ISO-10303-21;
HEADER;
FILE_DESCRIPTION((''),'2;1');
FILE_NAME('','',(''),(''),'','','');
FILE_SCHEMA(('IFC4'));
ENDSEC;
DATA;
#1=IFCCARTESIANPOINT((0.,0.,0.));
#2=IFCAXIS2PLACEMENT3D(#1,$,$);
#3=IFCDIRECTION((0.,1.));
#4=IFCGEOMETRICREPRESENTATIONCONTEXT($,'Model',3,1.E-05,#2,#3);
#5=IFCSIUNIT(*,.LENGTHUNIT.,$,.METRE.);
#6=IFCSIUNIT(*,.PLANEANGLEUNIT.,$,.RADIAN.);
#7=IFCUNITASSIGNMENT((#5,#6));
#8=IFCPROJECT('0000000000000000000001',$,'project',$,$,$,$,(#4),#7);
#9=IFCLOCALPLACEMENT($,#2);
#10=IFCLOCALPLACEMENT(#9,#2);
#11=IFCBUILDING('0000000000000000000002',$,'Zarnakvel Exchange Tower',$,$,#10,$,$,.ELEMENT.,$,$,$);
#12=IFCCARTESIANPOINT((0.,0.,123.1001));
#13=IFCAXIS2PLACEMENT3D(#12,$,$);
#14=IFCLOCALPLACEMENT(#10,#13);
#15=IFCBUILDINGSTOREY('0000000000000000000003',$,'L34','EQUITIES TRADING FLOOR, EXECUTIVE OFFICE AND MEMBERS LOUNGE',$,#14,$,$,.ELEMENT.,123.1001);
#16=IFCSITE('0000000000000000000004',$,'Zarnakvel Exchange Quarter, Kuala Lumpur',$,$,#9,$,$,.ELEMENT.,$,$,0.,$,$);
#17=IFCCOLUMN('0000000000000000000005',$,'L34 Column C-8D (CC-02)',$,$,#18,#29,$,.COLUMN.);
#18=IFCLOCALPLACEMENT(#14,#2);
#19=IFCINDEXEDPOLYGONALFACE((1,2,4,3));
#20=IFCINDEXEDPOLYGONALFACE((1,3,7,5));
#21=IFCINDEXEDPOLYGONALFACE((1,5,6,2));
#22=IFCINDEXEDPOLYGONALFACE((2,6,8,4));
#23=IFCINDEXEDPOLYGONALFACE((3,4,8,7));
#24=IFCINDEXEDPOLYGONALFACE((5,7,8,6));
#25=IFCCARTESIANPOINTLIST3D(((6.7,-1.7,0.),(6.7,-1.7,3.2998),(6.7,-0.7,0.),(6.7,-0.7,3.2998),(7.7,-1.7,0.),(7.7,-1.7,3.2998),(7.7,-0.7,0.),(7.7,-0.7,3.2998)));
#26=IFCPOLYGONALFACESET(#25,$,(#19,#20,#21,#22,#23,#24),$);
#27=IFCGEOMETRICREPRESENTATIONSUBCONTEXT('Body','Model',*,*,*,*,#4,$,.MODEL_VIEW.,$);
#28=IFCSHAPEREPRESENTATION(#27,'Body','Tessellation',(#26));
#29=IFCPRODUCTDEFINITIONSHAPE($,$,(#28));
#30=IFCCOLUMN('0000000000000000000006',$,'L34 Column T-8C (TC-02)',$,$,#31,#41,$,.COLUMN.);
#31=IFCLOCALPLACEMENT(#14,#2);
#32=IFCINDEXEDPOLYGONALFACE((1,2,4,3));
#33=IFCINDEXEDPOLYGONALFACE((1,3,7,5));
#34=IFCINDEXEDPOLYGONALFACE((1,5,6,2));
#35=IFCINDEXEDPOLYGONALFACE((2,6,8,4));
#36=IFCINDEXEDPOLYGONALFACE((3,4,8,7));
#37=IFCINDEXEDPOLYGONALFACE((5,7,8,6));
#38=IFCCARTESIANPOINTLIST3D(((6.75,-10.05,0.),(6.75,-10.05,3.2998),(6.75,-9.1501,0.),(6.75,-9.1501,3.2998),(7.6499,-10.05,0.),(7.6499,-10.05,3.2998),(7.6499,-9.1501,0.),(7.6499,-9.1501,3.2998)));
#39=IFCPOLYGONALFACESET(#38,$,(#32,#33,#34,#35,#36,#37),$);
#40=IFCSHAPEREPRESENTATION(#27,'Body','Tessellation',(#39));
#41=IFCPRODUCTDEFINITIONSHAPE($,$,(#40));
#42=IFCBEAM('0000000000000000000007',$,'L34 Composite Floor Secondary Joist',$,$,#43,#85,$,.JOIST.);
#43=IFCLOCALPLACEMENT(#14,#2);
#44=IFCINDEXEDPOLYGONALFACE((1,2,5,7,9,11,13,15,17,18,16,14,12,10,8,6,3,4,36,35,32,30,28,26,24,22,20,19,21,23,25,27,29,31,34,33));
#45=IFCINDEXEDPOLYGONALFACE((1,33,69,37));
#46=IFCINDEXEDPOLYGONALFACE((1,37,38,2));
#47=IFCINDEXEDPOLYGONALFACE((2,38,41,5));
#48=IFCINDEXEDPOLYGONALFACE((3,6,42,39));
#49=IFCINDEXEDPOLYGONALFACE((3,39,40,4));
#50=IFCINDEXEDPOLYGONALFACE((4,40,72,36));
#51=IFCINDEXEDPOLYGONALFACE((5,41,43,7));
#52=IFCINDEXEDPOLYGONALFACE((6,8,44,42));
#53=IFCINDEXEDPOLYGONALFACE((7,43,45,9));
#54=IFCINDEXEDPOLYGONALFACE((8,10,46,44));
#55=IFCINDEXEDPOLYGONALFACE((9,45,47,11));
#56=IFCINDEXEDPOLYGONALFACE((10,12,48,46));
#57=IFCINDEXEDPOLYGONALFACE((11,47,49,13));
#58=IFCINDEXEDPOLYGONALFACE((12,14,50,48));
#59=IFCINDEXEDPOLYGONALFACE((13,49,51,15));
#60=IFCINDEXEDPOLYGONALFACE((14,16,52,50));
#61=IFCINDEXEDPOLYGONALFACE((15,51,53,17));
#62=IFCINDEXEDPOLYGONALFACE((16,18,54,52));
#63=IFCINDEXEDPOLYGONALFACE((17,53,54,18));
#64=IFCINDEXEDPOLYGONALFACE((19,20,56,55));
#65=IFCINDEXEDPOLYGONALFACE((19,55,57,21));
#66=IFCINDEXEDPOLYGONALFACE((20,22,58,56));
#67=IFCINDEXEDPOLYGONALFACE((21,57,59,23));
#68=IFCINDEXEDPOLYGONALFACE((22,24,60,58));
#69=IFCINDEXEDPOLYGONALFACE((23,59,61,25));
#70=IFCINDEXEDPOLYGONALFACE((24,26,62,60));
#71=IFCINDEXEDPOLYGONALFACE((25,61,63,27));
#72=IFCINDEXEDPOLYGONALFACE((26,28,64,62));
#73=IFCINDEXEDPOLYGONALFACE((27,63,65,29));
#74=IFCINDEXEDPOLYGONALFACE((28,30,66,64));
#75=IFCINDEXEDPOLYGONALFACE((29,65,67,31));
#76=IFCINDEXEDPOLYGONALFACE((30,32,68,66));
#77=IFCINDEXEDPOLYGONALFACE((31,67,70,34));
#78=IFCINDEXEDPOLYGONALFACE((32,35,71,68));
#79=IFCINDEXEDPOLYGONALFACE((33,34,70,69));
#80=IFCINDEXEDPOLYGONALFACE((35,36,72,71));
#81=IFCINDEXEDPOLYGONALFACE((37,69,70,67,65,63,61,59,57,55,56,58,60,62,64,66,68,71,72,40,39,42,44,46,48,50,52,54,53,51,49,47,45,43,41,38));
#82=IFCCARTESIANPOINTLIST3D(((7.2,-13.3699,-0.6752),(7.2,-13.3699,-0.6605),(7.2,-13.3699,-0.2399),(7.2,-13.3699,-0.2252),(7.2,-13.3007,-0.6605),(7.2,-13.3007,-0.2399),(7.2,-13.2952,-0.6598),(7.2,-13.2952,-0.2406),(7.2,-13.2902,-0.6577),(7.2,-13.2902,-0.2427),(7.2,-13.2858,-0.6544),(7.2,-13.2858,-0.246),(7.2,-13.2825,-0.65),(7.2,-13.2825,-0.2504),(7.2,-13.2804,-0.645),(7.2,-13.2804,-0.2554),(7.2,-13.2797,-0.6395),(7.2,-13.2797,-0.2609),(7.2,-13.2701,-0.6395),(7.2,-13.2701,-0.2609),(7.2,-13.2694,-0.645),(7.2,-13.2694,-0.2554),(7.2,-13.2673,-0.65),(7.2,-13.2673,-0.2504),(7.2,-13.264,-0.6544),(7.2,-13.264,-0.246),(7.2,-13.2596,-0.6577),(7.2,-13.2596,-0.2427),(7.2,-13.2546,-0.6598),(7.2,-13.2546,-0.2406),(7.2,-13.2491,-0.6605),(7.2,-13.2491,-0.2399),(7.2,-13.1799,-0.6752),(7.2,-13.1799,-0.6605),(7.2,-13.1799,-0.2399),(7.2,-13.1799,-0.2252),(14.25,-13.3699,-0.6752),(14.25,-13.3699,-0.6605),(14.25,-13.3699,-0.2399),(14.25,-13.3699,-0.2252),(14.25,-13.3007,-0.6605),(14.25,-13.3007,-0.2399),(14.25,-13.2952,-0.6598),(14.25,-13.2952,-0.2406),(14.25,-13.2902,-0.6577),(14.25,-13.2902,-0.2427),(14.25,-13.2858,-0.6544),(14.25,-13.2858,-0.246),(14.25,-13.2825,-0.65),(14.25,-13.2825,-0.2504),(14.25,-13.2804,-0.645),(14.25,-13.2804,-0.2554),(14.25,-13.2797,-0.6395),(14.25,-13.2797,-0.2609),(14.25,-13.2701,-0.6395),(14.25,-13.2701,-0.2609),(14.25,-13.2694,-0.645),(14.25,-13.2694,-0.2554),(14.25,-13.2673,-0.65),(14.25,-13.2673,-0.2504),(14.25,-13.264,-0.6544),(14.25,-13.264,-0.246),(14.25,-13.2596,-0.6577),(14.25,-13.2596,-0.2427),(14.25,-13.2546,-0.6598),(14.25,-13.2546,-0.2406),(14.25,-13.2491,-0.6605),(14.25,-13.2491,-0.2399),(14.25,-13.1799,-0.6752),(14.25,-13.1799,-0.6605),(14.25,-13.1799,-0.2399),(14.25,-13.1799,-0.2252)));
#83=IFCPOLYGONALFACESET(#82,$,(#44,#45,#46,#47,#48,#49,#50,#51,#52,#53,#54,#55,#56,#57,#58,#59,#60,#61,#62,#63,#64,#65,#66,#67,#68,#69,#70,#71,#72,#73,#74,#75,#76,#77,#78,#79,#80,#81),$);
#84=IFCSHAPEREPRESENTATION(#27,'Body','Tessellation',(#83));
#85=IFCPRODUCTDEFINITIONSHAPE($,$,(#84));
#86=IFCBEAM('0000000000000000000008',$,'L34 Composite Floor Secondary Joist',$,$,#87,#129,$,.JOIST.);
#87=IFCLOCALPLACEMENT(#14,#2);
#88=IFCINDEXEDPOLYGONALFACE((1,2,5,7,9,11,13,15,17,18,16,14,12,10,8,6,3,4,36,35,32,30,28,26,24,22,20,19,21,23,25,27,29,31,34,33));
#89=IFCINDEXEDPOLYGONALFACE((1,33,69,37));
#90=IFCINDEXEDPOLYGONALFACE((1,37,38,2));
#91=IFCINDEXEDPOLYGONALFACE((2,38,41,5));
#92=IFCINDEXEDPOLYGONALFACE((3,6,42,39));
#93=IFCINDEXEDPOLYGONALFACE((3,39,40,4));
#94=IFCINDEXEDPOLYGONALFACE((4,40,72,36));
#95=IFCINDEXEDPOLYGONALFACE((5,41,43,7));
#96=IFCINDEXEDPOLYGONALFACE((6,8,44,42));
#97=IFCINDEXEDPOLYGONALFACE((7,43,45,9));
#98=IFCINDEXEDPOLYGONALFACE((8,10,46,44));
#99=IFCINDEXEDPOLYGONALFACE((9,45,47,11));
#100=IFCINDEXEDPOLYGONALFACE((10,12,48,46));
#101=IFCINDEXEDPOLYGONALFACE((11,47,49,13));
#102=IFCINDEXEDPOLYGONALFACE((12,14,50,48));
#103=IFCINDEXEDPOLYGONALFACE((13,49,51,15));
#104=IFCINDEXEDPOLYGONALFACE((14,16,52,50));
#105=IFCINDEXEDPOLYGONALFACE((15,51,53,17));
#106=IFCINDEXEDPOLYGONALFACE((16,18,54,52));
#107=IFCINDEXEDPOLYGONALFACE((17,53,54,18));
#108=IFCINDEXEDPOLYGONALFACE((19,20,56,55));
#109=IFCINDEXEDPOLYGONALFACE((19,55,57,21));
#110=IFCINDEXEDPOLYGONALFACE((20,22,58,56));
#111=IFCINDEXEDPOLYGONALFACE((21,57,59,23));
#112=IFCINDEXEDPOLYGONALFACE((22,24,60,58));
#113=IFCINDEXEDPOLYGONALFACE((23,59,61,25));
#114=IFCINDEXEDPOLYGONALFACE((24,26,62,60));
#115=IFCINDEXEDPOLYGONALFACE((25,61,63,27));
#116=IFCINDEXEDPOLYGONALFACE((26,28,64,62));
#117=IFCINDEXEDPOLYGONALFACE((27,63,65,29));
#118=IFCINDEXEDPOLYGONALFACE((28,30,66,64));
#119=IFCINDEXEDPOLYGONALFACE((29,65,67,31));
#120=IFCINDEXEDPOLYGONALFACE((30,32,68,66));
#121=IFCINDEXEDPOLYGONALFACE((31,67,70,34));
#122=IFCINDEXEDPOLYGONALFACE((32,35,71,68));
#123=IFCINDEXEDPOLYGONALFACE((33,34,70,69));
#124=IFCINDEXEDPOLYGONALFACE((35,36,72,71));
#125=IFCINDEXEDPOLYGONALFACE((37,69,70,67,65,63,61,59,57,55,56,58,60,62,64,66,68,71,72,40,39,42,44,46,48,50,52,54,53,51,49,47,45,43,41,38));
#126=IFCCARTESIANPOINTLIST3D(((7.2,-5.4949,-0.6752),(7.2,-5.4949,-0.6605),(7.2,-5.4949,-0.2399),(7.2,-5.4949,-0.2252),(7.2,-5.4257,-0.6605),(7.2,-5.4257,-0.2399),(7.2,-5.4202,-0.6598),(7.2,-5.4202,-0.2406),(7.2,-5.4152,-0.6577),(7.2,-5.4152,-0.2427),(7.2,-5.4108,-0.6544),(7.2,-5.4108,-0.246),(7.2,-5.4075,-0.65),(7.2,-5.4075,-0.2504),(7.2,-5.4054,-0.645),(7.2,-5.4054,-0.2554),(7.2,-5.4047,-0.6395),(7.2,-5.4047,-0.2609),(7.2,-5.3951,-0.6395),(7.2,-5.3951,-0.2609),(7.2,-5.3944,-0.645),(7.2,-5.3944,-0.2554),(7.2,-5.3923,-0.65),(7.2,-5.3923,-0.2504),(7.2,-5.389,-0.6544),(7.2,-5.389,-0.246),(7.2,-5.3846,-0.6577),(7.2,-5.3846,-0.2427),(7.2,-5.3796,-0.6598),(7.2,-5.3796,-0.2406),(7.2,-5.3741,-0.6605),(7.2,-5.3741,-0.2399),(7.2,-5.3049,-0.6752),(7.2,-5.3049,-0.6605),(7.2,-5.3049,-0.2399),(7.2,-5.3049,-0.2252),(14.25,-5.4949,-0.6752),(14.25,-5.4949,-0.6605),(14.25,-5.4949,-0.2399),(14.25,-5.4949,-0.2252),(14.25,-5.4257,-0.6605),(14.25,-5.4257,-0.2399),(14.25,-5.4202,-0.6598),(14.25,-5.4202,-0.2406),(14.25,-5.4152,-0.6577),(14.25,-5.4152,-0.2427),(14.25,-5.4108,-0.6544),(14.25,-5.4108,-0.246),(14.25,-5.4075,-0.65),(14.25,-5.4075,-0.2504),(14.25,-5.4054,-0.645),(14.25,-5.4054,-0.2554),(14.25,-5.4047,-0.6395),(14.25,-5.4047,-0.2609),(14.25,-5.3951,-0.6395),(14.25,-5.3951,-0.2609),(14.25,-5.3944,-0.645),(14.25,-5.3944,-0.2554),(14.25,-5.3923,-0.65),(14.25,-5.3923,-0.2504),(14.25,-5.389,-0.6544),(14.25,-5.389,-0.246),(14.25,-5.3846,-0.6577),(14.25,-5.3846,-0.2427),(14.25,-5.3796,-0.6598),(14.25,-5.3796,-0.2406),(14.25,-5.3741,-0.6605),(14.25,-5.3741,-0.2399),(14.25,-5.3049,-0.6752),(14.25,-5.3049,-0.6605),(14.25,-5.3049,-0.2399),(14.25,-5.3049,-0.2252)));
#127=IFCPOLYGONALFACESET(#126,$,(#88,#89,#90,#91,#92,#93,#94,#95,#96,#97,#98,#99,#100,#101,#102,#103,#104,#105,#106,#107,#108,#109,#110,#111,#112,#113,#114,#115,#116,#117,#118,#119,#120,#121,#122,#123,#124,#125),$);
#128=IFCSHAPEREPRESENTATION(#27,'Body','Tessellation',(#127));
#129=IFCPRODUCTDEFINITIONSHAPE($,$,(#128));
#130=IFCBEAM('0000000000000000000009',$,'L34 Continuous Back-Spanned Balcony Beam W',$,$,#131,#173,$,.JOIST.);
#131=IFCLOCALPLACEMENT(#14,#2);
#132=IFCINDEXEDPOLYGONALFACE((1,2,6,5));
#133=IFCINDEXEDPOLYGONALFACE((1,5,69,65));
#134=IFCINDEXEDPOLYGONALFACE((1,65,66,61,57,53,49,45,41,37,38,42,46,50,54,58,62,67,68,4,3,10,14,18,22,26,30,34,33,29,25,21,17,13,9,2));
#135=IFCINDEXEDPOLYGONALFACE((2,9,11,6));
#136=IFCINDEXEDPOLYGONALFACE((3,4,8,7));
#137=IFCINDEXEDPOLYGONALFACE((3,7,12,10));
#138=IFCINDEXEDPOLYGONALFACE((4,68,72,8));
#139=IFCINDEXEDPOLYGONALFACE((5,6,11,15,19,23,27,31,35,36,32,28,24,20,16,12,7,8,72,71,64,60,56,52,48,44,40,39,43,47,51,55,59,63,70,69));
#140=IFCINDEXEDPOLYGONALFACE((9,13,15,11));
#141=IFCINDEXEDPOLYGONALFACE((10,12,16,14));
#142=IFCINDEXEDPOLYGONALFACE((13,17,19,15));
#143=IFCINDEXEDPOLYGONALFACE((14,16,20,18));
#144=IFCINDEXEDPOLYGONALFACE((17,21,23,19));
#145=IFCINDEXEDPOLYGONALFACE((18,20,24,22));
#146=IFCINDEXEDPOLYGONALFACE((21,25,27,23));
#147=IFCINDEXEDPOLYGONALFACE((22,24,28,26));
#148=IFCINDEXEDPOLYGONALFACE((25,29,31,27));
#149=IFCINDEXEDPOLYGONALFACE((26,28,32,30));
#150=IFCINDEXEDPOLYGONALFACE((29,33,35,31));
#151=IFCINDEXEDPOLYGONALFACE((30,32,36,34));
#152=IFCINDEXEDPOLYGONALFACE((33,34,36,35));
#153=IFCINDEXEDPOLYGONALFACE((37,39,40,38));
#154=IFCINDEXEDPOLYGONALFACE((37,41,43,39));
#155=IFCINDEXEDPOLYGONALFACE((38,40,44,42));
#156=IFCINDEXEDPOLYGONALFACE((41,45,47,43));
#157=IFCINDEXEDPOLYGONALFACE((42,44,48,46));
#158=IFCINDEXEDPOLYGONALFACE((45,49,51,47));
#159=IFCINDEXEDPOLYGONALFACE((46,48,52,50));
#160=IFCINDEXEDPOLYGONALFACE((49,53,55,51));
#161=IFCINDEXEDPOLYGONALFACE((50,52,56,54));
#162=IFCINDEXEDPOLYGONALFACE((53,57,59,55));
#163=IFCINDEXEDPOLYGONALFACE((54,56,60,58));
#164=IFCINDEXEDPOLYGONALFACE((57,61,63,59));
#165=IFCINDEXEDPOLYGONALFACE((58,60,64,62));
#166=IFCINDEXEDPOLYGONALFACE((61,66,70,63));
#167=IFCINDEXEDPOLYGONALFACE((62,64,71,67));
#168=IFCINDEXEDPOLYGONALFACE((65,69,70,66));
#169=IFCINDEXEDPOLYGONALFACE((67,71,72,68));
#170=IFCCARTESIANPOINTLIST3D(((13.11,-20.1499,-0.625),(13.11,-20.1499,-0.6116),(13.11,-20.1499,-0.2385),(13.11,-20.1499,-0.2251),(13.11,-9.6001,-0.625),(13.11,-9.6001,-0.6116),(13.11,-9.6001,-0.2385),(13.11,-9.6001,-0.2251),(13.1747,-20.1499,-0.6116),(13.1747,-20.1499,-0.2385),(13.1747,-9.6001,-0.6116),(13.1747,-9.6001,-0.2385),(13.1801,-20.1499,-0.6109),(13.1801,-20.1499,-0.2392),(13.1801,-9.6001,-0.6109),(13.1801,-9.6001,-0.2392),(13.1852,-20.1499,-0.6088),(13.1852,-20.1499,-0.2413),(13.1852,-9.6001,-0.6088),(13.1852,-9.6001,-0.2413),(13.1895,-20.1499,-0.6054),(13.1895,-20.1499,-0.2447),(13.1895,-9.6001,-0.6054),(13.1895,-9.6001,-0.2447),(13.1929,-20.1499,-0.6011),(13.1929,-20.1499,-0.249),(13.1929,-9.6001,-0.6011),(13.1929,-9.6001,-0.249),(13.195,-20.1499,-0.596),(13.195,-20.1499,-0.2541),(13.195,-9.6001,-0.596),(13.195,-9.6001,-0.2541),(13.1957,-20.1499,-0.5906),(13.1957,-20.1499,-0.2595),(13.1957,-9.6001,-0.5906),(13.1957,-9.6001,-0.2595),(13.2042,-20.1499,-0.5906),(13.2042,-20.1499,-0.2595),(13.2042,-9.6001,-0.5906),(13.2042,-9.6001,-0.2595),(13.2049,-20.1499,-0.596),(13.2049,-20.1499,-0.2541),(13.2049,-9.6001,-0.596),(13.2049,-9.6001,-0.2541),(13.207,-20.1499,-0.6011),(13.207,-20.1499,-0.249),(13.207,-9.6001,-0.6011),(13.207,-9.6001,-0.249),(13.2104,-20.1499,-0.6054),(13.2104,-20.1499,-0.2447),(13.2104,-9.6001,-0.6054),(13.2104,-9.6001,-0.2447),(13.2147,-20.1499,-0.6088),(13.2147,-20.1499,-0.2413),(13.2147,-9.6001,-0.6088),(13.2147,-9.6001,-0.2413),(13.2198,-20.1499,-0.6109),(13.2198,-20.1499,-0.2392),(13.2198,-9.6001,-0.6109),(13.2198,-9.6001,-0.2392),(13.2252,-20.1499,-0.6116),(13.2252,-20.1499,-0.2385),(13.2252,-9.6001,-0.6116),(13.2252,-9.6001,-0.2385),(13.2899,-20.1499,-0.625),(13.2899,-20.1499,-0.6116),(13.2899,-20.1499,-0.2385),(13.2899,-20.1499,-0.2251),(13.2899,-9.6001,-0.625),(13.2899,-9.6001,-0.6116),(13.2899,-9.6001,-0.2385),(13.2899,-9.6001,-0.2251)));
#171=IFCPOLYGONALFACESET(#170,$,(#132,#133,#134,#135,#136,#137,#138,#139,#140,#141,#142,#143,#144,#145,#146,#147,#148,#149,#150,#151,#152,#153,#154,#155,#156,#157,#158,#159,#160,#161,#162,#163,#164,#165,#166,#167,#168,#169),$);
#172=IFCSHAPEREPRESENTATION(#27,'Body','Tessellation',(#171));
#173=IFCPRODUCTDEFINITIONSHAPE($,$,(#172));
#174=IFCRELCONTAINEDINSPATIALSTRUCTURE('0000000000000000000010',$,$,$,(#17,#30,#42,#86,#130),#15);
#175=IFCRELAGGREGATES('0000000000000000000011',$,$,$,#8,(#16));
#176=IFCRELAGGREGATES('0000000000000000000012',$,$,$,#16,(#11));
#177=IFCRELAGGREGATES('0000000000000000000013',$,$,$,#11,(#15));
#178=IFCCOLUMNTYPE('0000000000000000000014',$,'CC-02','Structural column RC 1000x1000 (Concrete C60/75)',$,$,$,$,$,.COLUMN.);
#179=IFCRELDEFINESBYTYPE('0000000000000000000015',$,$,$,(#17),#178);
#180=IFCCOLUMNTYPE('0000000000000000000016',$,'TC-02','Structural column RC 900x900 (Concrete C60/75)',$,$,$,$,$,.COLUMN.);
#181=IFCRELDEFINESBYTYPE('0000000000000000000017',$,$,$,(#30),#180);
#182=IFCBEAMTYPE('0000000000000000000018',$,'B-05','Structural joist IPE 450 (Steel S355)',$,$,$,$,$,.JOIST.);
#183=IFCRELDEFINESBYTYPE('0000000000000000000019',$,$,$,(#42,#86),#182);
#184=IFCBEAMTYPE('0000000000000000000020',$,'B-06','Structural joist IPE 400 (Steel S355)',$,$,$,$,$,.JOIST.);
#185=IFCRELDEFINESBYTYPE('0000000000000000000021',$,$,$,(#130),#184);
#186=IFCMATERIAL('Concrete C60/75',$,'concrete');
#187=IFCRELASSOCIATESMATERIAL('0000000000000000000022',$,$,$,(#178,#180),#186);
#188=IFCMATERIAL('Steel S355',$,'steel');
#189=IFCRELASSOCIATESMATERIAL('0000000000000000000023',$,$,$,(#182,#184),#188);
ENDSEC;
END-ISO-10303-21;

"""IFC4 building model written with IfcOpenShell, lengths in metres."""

from ifc_helpers import new_model, si_unit, direction, frame, origin, origin_2d, place, context, subcontext, project, spatial, rectangle, i_section, extrude, material, material_profile, profile_set, type_object, element, save


model = new_model("IFC4")

# Units and contexts
model_context = context("Model", 3, precision=1e-05, world=origin(), true_north=direction((0.0, 1.0)))
body_context = subcontext(model_context, "Body", "Model", "MODEL_VIEW")
ifc_project = project(units=[si_unit("LENGTHUNIT", "METRE"), si_unit("PLANEANGLEUNIT", "RADIAN")], contexts=[model_context])

# Site, building, storey
site_placement = place(None, origin())
site = spatial("IfcSite", under=ifc_project, at=site_placement, Name="Zarnakvel Exchange Quarter, Kuala Lumpur", CompositionType="ELEMENT", RefElevation=0.0)
building_placement = place(site_placement, origin())
building = spatial("IfcBuilding", under=site, at=building_placement, Name="Zarnakvel Exchange Tower", CompositionType="ELEMENT")
storey_placement = place(building_placement, frame((0.0, 0.0, 123.1001)))
storey = spatial("IfcBuildingStorey", under=building, at=storey_placement, Name="L34", Description="EQUITIES TRADING FLOOR, EXECUTIVE OFFICE AND MEMBERS LOUNGE", CompositionType="ELEMENT", Elevation=123.1001)

# Columns
ifc_material_1 = material(Name="Concrete C60/75", Category="concrete")
ifc_material_profile_1 = material_profile(ifc_material_1, rectangle(XDim=1.0, YDim=1.0, at=origin_2d()))
ifc_profile_set_1 = profile_set([ifc_material_profile_1], Name="Concrete C60/75")
column_type_1 = type_object("IfcColumnType", Name="CC-02", Description="Structural column RC 1000x1000 (Concrete C60/75)", PredefinedType="COLUMN", material=ifc_profile_set_1)
column_1_placement = place(storey_placement, frame((7.2, -1.2, 0.0), z_axis=(0.0, 0.0, 1.0), x_axis=(1.0, 0.0, 0.0)))
element("IfcColumn", 1, at=column_1_placement, inside=storey, type_object=column_type_1, Name="L34 Column C-8D (CC-02)", PredefinedType="COLUMN", context=body_context, shape_type="SweptSolid", body=[
    extrude(rectangle(XDim=1.0, YDim=1.0, at=origin_2d()), origin(), (0.0, 0.0, 1.0), 3.2998),
])
ifc_material_profile_2 = material_profile(ifc_material_1, rectangle(XDim=0.8999, YDim=0.8999, at=origin_2d()))
ifc_profile_set_2 = profile_set([ifc_material_profile_2], Name="Concrete C60/75")
column_type_2 = type_object("IfcColumnType", Name="TC-02", Description="Structural column RC 900x900 (Concrete C60/75)", PredefinedType="COLUMN", material=ifc_profile_set_2)
column_2_placement = place(storey_placement, frame((7.2, -9.6001, 0.0), z_axis=(0.0, 0.0, 1.0), x_axis=(1.0, 0.0, 0.0)))
element("IfcColumn", 2, at=column_2_placement, inside=storey, type_object=column_type_2, Name="L34 Column T-8C (TC-02)", PredefinedType="COLUMN", context=body_context, shape_type="SweptSolid", body=[
    extrude(rectangle(XDim=0.8999, YDim=0.8999, at=origin_2d()), origin(), (0.0, 0.0, 1.0), 3.2998),
])

# Beams
ifc_material_2 = material(Name="Steel S355", Category="steel")
ifc_material_profile_3 = material_profile(ifc_material_2, i_section(OverallWidth=0.1899, OverallDepth=0.45, WebThickness=0.0095, FlangeThickness=0.0146, FilletRadius=0.021, at=origin_2d()))
ifc_profile_set_3 = profile_set([ifc_material_profile_3], Name="Steel S355")
beam_type_1 = type_object("IfcBeamType", Name="B-05", Description="Structural joist IPE 450 (Steel S355)", PredefinedType="JOIST", material=ifc_profile_set_3)
for number, where, z_axis, x_axis, name in (
    (3, (7.2, -13.2749, -0.4502), (1.0, 0.0, 0.0), (0.0, 1.0, 0.0), "L34 Composite Floor Secondary Joist"),
    (4, (7.2, -5.3999, -0.4502), (1.0, 0.0, 0.0), (0.0, 1.0, 0.0), "L34 Composite Floor Secondary Joist"),
):
    element("IfcBeam", number, at=place(storey_placement, frame(where, z_axis=z_axis, x_axis=x_axis)), inside=storey, type_object=beam_type_1, Name=name, PredefinedType="JOIST", context=body_context, shape_type="SweptSolid", body=[
        extrude(i_section(OverallWidth=0.1899, OverallDepth=0.45, WebThickness=0.0095, FlangeThickness=0.0146, FilletRadius=0.021, at=origin_2d()), origin(), (0.0, 0.0, 1.0), 7.05),
    ])
ifc_material_profile_4 = material_profile(ifc_material_2, i_section(OverallWidth=0.1799, OverallDepth=0.3999, WebThickness=0.0085, FlangeThickness=0.0134, FilletRadius=0.021, at=origin_2d()))
ifc_profile_set_4 = profile_set([ifc_material_profile_4], Name="Steel S355")
beam_type_2 = type_object("IfcBeamType", Name="B-06", Description="Structural joist IPE 400 (Steel S355)", PredefinedType="JOIST", material=ifc_profile_set_4)
beam_1_placement = place(storey_placement, frame((13.2, -9.6001, -0.425), z_axis=(0.0, -1.0, 0.0), x_axis=(1.0, 0.0, 0.0)))
element("IfcBeam", 5, at=beam_1_placement, inside=storey, type_object=beam_type_2, Name="L34 Continuous Back-Spanned Balcony Beam W", PredefinedType="JOIST", context=body_context, shape_type="SweptSolid", body=[
    extrude(i_section(OverallWidth=0.1799, OverallDepth=0.3999, WebThickness=0.0085, FlangeThickness=0.0134, FilletRadius=0.021, at=origin_2d()), origin(), (0.0, 0.0, 1.0), 10.5498),
])

save(model, "model.ifc")
